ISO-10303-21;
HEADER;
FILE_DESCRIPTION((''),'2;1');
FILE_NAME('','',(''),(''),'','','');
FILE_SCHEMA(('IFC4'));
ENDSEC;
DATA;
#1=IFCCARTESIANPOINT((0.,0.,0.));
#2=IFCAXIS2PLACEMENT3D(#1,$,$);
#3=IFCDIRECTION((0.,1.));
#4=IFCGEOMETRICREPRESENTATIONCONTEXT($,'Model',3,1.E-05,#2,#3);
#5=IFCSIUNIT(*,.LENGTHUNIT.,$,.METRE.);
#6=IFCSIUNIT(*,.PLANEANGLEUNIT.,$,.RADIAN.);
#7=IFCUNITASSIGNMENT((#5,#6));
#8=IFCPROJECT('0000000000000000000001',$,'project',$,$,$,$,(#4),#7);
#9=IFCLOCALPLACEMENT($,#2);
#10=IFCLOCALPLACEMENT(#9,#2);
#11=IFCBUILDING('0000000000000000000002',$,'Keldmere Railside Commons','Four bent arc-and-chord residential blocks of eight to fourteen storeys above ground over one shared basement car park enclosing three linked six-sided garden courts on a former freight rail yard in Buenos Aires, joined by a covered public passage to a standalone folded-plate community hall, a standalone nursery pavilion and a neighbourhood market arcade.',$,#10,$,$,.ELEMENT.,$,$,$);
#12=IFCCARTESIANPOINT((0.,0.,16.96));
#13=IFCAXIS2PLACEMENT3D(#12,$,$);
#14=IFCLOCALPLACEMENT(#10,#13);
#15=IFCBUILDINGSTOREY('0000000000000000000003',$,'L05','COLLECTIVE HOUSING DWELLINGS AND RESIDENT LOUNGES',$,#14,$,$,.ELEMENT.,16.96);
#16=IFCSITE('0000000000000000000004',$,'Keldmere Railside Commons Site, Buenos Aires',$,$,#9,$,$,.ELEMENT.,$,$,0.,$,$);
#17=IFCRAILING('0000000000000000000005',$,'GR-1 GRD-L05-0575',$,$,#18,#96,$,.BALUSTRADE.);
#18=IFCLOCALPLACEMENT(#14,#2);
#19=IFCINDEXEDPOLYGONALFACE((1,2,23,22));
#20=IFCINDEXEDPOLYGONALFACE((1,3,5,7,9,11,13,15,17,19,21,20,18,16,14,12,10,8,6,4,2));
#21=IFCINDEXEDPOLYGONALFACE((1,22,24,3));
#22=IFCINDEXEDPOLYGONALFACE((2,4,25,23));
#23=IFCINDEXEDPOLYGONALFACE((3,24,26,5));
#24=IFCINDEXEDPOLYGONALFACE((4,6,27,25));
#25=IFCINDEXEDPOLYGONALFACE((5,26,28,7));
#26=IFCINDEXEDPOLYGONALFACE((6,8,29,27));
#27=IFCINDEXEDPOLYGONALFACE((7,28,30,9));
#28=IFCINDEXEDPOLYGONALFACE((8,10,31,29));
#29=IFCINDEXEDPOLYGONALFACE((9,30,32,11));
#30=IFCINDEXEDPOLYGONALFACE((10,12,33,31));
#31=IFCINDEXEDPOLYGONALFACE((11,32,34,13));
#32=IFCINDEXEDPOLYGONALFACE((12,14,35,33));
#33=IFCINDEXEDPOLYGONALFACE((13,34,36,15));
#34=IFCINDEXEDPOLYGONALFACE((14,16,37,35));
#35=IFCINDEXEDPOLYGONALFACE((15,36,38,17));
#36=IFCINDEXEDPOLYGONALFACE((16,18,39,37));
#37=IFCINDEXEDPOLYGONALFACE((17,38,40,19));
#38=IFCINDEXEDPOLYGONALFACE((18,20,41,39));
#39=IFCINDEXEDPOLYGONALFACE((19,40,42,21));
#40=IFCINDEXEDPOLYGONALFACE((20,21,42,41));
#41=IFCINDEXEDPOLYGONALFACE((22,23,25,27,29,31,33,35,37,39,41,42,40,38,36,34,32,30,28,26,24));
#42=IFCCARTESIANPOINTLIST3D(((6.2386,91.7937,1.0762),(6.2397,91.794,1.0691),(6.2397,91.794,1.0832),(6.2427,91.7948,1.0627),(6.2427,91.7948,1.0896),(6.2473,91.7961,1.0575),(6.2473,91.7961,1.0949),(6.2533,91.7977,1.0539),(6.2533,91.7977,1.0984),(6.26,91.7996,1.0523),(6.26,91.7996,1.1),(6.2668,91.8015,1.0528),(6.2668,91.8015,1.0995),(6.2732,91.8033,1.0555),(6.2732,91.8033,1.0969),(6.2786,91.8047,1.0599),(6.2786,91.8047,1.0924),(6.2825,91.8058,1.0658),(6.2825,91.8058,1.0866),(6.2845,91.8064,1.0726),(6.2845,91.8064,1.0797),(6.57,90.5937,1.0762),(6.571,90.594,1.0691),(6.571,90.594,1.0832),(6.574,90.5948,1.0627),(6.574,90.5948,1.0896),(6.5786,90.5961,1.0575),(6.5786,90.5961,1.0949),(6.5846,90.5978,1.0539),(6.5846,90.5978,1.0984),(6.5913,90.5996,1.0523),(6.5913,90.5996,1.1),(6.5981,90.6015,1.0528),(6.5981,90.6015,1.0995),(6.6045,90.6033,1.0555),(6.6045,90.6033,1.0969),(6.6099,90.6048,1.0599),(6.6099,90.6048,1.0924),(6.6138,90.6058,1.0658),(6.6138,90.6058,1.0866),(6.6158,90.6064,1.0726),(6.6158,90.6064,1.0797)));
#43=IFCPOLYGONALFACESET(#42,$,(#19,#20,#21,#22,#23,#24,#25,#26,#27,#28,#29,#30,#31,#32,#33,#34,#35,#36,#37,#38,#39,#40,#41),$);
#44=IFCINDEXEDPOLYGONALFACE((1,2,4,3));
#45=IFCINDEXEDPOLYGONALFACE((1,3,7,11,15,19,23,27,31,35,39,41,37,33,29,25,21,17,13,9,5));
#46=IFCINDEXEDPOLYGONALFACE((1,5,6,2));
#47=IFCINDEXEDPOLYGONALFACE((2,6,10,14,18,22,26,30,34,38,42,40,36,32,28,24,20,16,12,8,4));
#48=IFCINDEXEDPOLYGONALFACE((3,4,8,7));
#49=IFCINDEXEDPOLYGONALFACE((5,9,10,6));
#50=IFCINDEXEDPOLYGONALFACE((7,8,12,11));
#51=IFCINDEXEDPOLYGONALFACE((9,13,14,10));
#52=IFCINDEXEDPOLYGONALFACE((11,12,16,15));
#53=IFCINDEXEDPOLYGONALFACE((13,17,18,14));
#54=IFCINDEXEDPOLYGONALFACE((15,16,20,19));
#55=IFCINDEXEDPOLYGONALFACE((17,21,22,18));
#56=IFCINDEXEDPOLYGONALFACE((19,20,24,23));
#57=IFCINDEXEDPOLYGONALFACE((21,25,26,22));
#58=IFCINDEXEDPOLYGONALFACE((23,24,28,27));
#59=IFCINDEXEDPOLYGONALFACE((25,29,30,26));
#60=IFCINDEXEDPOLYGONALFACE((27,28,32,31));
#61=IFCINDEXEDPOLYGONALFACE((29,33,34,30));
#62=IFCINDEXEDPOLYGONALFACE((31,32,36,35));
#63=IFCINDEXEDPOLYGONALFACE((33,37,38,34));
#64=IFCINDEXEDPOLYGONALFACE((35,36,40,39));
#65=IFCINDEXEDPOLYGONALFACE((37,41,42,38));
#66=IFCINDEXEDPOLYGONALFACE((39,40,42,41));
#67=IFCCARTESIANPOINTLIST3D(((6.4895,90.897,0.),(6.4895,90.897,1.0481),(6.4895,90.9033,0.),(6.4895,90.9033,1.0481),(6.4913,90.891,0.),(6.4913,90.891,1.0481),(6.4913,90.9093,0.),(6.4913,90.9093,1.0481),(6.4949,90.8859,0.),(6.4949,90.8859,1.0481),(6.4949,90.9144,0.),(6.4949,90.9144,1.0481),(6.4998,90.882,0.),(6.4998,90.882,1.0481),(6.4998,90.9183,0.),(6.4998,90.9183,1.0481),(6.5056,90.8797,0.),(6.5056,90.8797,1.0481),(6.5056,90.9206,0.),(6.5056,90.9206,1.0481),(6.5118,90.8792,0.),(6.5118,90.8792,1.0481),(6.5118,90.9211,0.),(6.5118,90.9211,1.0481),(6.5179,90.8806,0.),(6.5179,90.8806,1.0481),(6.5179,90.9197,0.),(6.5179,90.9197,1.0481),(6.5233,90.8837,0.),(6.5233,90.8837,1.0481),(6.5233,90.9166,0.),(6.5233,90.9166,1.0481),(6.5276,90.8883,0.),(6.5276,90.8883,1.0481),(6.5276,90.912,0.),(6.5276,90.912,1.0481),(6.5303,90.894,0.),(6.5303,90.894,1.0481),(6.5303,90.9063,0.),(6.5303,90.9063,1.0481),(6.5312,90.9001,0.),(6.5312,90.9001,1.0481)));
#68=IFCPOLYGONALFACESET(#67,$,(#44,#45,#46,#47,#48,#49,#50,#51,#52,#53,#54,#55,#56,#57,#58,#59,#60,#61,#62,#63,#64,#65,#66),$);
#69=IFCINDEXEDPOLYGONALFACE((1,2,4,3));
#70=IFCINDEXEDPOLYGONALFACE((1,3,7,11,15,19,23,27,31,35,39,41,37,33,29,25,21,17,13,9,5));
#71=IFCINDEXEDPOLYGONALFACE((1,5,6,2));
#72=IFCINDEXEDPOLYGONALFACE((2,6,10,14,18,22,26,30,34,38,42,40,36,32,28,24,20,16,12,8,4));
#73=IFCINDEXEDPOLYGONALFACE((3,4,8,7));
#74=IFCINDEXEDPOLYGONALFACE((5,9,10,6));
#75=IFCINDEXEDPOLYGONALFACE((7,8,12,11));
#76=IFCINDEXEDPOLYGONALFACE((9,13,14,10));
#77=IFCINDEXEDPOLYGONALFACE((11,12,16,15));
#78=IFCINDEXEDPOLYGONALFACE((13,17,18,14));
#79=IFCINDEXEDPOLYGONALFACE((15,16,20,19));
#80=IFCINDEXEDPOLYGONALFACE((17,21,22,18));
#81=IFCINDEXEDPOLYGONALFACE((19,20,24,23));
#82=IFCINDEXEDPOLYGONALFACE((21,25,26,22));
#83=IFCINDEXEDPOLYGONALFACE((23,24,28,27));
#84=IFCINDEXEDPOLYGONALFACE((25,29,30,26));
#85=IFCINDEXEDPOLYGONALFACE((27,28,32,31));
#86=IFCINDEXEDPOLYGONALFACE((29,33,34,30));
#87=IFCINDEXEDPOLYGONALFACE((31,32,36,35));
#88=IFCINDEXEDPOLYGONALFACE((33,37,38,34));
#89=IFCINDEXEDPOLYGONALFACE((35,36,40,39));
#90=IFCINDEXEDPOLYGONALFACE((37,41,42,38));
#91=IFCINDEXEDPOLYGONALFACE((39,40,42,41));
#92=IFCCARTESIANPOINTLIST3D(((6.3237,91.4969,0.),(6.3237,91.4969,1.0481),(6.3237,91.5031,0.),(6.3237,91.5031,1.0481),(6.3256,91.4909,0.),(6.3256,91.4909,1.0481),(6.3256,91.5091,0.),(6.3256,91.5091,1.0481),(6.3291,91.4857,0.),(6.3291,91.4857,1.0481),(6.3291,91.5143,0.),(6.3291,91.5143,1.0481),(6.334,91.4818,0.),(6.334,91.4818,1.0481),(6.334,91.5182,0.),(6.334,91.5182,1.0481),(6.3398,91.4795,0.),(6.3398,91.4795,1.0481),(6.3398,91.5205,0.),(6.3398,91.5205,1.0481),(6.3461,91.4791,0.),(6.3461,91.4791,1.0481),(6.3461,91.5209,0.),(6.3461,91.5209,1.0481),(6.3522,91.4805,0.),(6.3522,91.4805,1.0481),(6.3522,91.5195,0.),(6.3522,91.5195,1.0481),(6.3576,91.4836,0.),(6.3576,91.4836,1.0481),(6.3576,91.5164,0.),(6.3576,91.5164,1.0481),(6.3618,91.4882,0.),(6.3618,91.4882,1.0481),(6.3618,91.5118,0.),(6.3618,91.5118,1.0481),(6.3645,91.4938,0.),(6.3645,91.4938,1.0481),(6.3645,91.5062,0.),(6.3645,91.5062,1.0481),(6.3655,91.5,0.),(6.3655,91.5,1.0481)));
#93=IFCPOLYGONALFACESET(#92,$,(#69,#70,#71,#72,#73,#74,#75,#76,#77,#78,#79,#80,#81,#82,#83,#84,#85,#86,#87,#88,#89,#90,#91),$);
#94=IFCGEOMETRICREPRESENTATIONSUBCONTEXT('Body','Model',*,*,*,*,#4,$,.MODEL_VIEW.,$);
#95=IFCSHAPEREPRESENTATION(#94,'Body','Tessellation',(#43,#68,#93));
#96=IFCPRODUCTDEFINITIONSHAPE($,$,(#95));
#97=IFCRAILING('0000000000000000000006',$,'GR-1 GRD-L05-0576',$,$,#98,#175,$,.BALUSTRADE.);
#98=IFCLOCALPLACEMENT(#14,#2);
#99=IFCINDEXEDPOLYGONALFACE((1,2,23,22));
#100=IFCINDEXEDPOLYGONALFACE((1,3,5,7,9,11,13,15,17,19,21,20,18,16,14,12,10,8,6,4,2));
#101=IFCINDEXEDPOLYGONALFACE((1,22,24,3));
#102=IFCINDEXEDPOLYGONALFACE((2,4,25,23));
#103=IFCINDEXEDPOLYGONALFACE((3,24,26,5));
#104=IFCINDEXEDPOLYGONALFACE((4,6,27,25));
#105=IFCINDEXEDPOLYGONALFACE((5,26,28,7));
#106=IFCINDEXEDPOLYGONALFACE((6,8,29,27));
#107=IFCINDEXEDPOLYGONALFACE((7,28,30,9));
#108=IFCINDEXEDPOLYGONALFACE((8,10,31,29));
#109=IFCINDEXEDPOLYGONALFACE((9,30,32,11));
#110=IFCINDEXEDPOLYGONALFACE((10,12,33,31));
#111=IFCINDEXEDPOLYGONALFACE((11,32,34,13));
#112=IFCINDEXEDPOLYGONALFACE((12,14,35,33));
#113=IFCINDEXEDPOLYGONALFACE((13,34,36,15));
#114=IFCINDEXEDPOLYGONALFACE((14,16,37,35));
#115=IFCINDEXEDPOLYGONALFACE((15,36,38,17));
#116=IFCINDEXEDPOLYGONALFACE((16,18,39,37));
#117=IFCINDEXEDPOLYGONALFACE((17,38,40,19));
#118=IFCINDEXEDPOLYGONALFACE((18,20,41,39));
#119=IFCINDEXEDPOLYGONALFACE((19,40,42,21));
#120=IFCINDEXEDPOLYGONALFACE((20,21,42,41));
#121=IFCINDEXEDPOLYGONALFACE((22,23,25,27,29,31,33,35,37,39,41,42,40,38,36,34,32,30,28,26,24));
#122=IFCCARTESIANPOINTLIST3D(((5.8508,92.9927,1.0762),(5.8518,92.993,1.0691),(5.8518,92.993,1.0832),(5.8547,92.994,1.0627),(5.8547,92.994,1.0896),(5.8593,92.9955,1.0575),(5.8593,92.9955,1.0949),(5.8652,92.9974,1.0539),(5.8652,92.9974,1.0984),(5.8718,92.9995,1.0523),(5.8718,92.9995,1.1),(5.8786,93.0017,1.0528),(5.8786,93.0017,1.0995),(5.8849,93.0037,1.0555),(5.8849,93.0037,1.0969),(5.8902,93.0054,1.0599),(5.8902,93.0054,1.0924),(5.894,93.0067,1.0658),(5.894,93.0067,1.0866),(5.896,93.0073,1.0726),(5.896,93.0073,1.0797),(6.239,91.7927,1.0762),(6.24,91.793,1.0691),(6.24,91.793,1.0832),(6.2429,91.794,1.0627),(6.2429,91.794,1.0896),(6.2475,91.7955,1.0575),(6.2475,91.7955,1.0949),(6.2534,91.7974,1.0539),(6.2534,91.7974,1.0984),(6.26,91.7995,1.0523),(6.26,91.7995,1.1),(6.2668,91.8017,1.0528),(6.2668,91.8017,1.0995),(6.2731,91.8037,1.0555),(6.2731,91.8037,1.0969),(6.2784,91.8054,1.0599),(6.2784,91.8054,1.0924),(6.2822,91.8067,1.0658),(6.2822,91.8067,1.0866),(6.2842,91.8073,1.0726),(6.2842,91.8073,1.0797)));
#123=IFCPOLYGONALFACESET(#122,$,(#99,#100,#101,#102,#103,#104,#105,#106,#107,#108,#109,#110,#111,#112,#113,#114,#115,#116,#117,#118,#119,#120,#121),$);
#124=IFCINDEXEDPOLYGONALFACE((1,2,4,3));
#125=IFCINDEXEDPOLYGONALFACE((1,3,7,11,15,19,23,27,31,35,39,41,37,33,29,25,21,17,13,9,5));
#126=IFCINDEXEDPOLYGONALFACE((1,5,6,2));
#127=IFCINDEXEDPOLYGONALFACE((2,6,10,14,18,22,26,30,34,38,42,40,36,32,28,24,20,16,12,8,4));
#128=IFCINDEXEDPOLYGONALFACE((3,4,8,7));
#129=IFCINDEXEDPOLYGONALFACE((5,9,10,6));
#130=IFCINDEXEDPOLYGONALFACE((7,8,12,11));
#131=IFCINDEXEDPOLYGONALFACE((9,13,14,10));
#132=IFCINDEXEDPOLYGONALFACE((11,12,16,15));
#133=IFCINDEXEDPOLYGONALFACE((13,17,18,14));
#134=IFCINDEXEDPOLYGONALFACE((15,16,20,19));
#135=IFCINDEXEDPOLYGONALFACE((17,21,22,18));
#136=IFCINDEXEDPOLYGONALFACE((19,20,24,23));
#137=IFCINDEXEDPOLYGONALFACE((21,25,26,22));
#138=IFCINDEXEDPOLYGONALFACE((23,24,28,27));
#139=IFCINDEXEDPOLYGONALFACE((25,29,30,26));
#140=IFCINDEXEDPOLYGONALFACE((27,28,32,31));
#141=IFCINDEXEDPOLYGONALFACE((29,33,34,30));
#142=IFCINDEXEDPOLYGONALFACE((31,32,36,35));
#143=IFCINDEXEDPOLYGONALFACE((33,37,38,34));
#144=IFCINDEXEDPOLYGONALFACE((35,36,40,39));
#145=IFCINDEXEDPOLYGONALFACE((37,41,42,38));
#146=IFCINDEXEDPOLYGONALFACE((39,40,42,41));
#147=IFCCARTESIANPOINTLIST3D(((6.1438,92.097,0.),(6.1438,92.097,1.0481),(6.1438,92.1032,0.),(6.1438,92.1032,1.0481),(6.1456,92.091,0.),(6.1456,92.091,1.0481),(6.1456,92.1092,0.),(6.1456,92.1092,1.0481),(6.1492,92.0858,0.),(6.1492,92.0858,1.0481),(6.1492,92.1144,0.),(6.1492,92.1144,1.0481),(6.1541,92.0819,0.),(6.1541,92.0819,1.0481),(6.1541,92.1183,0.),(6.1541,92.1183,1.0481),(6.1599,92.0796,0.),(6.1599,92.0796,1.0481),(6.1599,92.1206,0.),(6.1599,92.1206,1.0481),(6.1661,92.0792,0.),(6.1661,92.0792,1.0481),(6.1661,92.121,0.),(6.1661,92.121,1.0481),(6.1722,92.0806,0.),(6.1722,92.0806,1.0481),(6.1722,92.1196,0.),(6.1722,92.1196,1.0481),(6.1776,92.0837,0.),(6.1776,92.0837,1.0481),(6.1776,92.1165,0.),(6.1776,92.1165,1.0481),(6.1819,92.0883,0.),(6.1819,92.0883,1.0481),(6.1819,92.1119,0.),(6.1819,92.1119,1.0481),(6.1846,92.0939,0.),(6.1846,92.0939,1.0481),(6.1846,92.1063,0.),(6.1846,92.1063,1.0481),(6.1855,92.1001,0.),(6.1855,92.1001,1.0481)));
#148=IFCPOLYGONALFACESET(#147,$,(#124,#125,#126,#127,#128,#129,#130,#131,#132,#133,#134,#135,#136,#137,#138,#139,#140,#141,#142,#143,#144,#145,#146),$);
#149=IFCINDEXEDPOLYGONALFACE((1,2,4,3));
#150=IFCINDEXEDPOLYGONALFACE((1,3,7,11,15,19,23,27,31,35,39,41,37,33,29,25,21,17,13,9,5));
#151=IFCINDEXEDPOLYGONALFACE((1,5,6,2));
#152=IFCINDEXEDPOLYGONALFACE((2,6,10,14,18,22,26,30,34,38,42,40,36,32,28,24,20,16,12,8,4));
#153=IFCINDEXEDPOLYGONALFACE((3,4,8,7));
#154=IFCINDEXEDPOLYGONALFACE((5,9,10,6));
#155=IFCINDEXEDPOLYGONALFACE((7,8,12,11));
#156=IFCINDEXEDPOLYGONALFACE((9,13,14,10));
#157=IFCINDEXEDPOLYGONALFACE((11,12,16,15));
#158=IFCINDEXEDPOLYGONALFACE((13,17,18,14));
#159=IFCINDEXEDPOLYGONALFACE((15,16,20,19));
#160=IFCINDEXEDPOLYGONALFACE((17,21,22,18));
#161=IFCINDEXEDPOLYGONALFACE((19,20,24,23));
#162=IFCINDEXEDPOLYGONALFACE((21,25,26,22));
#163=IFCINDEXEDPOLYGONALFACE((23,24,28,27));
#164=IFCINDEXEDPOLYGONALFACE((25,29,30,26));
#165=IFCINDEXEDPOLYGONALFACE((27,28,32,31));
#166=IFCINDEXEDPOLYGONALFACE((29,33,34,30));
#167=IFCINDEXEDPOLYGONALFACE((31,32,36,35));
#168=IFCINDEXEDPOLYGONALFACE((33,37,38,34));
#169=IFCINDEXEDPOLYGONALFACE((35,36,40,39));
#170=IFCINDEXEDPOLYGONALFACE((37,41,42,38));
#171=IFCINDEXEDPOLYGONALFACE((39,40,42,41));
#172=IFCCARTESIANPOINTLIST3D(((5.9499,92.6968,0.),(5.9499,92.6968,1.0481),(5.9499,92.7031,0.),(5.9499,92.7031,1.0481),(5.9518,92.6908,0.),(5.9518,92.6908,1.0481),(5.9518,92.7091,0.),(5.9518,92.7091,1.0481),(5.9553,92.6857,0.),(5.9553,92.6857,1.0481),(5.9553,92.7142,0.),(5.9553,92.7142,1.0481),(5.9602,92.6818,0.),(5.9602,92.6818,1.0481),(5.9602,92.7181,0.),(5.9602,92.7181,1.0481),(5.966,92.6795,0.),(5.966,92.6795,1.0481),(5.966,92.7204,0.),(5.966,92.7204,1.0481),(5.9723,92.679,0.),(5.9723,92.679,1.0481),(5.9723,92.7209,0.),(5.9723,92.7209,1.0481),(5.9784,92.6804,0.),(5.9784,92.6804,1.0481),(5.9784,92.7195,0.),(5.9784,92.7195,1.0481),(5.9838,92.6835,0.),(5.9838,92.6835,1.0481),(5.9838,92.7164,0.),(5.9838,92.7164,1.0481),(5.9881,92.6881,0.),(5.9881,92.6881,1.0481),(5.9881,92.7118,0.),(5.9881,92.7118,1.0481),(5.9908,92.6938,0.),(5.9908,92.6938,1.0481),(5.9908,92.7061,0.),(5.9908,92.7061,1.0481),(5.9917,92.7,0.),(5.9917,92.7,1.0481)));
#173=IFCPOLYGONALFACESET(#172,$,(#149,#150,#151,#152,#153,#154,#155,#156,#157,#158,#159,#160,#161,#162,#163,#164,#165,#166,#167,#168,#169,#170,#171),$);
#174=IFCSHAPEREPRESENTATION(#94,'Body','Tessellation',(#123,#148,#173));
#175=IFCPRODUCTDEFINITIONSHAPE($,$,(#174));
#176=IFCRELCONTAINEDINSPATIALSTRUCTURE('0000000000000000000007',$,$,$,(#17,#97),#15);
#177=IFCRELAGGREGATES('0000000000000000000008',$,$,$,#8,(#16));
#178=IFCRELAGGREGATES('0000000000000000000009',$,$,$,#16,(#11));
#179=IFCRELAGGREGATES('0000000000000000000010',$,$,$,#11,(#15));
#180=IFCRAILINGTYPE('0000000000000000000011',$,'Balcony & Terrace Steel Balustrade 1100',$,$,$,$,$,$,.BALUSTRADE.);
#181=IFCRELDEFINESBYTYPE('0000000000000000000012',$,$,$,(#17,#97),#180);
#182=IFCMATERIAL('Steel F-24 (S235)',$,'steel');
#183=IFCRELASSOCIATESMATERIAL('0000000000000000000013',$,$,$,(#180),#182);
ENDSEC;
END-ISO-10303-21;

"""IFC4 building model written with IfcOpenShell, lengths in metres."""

from ifc_helpers import new_model, si_unit, direction, frame, origin, origin_2d, place, context, subcontext, project, spatial, circle, extrude, material, type_object, element, save


model = new_model("IFC4")

# Units and contexts
model_context = context("Model", 3, precision=1e-05, world=origin(), true_north=direction((0.0, 1.0)))
body_context = subcontext(model_context, "Body", "Model", "MODEL_VIEW")
ifc_project = project(units=[si_unit("LENGTHUNIT", "METRE"), si_unit("PLANEANGLEUNIT", "RADIAN")], contexts=[model_context])

# Site, building, storey
site_placement = place(None, origin())
site = spatial("IfcSite", under=ifc_project, at=site_placement, Name="Keldmere Railside Commons Site, Buenos Aires", CompositionType="ELEMENT", RefElevation=0.0)
building_placement = place(site_placement, origin())
building = spatial("IfcBuilding", under=site, at=building_placement, Name="Keldmere Railside Commons", Description="Four bent arc-and-chord residential blocks of eight to fourteen storeys above ground over one shared basement car park enclosing three linked six-sided garden courts on a former freight rail yard in Buenos Aires, joined by a covered public passage to a standalone folded-plate community hall, a standalone nursery pavilion and a neighbourhood market arcade.", CompositionType="ELEMENT")
storey_placement = place(building_placement, frame((0.0, 0.0, 16.96)))
storey = spatial("IfcBuildingStorey", under=building, at=storey_placement, Name="L05", Description="COLLECTIVE HOUSING DWELLINGS AND RESIDENT LOUNGES", CompositionType="ELEMENT", Elevation=16.96)

# Railings
ifc_material_1 = material(Name="Steel F-24 (S235)", Category="steel")
railing_type = type_object("IfcRailingType", Name="Balcony & Terrace Steel Balustrade 1100", PredefinedType="BALUSTRADE", material=ifc_material_1)
railing_1_placement = place(storey_placement, frame((6.593, 90.6001, 0.0)))
element("IfcRailing", 1, at=railing_1_placement, inside=storey, type_object=railing_type, Name="GR-1 GRD-L05-0575", PredefinedType="BALUSTRADE", context=body_context, shape_type="SweptSolid", body=[
    extrude(circle(Radius=0.0239, at=origin_2d()), frame((0.0, 0.0, 1.0762), z_axis=(-0.266136, 0.963935, 0.0), x_axis=(-0.963935, -0.266136, 0.0)), (0.0, 0.0, 1.0), 1.2449),
    extrude(circle(Radius=0.021, at=origin_2d()), frame((-0.0828, 0.3, 0.0)), (0.0, 0.0, 1.0), 1.0481),
    extrude(circle(Radius=0.021, at=origin_2d()), frame((-0.2485, 0.8999, 0.0)), (0.0, 0.0, 1.0), 1.0481),
])
railing_2_placement = place(storey_placement, frame((6.2617, 91.8, 0.0)))
element("IfcRailing", 2, at=railing_2_placement, inside=storey, type_object=railing_type, Name="GR-1 GRD-L05-0576", PredefinedType="BALUSTRADE", context=body_context, shape_type="SweptSolid", body=[
    extrude(circle(Radius=0.0239, at=origin_2d()), frame((0.0, 0.0, 1.0762), z_axis=(-0.307795, 0.951453, 0.0), x_axis=(-0.951453, -0.307795, 0.0)), (0.0, 0.0, 1.0), 1.2612),
    extrude(circle(Radius=0.021, at=origin_2d()), frame((-0.0972, 0.3, 0.0)), (0.0, 0.0, 1.0), 1.0481),
    extrude(circle(Radius=0.021, at=origin_2d()), frame((-0.291, 0.8999, 0.0)), (0.0, 0.0, 1.0), 1.0481),
])

save(model, "model.ifc")
